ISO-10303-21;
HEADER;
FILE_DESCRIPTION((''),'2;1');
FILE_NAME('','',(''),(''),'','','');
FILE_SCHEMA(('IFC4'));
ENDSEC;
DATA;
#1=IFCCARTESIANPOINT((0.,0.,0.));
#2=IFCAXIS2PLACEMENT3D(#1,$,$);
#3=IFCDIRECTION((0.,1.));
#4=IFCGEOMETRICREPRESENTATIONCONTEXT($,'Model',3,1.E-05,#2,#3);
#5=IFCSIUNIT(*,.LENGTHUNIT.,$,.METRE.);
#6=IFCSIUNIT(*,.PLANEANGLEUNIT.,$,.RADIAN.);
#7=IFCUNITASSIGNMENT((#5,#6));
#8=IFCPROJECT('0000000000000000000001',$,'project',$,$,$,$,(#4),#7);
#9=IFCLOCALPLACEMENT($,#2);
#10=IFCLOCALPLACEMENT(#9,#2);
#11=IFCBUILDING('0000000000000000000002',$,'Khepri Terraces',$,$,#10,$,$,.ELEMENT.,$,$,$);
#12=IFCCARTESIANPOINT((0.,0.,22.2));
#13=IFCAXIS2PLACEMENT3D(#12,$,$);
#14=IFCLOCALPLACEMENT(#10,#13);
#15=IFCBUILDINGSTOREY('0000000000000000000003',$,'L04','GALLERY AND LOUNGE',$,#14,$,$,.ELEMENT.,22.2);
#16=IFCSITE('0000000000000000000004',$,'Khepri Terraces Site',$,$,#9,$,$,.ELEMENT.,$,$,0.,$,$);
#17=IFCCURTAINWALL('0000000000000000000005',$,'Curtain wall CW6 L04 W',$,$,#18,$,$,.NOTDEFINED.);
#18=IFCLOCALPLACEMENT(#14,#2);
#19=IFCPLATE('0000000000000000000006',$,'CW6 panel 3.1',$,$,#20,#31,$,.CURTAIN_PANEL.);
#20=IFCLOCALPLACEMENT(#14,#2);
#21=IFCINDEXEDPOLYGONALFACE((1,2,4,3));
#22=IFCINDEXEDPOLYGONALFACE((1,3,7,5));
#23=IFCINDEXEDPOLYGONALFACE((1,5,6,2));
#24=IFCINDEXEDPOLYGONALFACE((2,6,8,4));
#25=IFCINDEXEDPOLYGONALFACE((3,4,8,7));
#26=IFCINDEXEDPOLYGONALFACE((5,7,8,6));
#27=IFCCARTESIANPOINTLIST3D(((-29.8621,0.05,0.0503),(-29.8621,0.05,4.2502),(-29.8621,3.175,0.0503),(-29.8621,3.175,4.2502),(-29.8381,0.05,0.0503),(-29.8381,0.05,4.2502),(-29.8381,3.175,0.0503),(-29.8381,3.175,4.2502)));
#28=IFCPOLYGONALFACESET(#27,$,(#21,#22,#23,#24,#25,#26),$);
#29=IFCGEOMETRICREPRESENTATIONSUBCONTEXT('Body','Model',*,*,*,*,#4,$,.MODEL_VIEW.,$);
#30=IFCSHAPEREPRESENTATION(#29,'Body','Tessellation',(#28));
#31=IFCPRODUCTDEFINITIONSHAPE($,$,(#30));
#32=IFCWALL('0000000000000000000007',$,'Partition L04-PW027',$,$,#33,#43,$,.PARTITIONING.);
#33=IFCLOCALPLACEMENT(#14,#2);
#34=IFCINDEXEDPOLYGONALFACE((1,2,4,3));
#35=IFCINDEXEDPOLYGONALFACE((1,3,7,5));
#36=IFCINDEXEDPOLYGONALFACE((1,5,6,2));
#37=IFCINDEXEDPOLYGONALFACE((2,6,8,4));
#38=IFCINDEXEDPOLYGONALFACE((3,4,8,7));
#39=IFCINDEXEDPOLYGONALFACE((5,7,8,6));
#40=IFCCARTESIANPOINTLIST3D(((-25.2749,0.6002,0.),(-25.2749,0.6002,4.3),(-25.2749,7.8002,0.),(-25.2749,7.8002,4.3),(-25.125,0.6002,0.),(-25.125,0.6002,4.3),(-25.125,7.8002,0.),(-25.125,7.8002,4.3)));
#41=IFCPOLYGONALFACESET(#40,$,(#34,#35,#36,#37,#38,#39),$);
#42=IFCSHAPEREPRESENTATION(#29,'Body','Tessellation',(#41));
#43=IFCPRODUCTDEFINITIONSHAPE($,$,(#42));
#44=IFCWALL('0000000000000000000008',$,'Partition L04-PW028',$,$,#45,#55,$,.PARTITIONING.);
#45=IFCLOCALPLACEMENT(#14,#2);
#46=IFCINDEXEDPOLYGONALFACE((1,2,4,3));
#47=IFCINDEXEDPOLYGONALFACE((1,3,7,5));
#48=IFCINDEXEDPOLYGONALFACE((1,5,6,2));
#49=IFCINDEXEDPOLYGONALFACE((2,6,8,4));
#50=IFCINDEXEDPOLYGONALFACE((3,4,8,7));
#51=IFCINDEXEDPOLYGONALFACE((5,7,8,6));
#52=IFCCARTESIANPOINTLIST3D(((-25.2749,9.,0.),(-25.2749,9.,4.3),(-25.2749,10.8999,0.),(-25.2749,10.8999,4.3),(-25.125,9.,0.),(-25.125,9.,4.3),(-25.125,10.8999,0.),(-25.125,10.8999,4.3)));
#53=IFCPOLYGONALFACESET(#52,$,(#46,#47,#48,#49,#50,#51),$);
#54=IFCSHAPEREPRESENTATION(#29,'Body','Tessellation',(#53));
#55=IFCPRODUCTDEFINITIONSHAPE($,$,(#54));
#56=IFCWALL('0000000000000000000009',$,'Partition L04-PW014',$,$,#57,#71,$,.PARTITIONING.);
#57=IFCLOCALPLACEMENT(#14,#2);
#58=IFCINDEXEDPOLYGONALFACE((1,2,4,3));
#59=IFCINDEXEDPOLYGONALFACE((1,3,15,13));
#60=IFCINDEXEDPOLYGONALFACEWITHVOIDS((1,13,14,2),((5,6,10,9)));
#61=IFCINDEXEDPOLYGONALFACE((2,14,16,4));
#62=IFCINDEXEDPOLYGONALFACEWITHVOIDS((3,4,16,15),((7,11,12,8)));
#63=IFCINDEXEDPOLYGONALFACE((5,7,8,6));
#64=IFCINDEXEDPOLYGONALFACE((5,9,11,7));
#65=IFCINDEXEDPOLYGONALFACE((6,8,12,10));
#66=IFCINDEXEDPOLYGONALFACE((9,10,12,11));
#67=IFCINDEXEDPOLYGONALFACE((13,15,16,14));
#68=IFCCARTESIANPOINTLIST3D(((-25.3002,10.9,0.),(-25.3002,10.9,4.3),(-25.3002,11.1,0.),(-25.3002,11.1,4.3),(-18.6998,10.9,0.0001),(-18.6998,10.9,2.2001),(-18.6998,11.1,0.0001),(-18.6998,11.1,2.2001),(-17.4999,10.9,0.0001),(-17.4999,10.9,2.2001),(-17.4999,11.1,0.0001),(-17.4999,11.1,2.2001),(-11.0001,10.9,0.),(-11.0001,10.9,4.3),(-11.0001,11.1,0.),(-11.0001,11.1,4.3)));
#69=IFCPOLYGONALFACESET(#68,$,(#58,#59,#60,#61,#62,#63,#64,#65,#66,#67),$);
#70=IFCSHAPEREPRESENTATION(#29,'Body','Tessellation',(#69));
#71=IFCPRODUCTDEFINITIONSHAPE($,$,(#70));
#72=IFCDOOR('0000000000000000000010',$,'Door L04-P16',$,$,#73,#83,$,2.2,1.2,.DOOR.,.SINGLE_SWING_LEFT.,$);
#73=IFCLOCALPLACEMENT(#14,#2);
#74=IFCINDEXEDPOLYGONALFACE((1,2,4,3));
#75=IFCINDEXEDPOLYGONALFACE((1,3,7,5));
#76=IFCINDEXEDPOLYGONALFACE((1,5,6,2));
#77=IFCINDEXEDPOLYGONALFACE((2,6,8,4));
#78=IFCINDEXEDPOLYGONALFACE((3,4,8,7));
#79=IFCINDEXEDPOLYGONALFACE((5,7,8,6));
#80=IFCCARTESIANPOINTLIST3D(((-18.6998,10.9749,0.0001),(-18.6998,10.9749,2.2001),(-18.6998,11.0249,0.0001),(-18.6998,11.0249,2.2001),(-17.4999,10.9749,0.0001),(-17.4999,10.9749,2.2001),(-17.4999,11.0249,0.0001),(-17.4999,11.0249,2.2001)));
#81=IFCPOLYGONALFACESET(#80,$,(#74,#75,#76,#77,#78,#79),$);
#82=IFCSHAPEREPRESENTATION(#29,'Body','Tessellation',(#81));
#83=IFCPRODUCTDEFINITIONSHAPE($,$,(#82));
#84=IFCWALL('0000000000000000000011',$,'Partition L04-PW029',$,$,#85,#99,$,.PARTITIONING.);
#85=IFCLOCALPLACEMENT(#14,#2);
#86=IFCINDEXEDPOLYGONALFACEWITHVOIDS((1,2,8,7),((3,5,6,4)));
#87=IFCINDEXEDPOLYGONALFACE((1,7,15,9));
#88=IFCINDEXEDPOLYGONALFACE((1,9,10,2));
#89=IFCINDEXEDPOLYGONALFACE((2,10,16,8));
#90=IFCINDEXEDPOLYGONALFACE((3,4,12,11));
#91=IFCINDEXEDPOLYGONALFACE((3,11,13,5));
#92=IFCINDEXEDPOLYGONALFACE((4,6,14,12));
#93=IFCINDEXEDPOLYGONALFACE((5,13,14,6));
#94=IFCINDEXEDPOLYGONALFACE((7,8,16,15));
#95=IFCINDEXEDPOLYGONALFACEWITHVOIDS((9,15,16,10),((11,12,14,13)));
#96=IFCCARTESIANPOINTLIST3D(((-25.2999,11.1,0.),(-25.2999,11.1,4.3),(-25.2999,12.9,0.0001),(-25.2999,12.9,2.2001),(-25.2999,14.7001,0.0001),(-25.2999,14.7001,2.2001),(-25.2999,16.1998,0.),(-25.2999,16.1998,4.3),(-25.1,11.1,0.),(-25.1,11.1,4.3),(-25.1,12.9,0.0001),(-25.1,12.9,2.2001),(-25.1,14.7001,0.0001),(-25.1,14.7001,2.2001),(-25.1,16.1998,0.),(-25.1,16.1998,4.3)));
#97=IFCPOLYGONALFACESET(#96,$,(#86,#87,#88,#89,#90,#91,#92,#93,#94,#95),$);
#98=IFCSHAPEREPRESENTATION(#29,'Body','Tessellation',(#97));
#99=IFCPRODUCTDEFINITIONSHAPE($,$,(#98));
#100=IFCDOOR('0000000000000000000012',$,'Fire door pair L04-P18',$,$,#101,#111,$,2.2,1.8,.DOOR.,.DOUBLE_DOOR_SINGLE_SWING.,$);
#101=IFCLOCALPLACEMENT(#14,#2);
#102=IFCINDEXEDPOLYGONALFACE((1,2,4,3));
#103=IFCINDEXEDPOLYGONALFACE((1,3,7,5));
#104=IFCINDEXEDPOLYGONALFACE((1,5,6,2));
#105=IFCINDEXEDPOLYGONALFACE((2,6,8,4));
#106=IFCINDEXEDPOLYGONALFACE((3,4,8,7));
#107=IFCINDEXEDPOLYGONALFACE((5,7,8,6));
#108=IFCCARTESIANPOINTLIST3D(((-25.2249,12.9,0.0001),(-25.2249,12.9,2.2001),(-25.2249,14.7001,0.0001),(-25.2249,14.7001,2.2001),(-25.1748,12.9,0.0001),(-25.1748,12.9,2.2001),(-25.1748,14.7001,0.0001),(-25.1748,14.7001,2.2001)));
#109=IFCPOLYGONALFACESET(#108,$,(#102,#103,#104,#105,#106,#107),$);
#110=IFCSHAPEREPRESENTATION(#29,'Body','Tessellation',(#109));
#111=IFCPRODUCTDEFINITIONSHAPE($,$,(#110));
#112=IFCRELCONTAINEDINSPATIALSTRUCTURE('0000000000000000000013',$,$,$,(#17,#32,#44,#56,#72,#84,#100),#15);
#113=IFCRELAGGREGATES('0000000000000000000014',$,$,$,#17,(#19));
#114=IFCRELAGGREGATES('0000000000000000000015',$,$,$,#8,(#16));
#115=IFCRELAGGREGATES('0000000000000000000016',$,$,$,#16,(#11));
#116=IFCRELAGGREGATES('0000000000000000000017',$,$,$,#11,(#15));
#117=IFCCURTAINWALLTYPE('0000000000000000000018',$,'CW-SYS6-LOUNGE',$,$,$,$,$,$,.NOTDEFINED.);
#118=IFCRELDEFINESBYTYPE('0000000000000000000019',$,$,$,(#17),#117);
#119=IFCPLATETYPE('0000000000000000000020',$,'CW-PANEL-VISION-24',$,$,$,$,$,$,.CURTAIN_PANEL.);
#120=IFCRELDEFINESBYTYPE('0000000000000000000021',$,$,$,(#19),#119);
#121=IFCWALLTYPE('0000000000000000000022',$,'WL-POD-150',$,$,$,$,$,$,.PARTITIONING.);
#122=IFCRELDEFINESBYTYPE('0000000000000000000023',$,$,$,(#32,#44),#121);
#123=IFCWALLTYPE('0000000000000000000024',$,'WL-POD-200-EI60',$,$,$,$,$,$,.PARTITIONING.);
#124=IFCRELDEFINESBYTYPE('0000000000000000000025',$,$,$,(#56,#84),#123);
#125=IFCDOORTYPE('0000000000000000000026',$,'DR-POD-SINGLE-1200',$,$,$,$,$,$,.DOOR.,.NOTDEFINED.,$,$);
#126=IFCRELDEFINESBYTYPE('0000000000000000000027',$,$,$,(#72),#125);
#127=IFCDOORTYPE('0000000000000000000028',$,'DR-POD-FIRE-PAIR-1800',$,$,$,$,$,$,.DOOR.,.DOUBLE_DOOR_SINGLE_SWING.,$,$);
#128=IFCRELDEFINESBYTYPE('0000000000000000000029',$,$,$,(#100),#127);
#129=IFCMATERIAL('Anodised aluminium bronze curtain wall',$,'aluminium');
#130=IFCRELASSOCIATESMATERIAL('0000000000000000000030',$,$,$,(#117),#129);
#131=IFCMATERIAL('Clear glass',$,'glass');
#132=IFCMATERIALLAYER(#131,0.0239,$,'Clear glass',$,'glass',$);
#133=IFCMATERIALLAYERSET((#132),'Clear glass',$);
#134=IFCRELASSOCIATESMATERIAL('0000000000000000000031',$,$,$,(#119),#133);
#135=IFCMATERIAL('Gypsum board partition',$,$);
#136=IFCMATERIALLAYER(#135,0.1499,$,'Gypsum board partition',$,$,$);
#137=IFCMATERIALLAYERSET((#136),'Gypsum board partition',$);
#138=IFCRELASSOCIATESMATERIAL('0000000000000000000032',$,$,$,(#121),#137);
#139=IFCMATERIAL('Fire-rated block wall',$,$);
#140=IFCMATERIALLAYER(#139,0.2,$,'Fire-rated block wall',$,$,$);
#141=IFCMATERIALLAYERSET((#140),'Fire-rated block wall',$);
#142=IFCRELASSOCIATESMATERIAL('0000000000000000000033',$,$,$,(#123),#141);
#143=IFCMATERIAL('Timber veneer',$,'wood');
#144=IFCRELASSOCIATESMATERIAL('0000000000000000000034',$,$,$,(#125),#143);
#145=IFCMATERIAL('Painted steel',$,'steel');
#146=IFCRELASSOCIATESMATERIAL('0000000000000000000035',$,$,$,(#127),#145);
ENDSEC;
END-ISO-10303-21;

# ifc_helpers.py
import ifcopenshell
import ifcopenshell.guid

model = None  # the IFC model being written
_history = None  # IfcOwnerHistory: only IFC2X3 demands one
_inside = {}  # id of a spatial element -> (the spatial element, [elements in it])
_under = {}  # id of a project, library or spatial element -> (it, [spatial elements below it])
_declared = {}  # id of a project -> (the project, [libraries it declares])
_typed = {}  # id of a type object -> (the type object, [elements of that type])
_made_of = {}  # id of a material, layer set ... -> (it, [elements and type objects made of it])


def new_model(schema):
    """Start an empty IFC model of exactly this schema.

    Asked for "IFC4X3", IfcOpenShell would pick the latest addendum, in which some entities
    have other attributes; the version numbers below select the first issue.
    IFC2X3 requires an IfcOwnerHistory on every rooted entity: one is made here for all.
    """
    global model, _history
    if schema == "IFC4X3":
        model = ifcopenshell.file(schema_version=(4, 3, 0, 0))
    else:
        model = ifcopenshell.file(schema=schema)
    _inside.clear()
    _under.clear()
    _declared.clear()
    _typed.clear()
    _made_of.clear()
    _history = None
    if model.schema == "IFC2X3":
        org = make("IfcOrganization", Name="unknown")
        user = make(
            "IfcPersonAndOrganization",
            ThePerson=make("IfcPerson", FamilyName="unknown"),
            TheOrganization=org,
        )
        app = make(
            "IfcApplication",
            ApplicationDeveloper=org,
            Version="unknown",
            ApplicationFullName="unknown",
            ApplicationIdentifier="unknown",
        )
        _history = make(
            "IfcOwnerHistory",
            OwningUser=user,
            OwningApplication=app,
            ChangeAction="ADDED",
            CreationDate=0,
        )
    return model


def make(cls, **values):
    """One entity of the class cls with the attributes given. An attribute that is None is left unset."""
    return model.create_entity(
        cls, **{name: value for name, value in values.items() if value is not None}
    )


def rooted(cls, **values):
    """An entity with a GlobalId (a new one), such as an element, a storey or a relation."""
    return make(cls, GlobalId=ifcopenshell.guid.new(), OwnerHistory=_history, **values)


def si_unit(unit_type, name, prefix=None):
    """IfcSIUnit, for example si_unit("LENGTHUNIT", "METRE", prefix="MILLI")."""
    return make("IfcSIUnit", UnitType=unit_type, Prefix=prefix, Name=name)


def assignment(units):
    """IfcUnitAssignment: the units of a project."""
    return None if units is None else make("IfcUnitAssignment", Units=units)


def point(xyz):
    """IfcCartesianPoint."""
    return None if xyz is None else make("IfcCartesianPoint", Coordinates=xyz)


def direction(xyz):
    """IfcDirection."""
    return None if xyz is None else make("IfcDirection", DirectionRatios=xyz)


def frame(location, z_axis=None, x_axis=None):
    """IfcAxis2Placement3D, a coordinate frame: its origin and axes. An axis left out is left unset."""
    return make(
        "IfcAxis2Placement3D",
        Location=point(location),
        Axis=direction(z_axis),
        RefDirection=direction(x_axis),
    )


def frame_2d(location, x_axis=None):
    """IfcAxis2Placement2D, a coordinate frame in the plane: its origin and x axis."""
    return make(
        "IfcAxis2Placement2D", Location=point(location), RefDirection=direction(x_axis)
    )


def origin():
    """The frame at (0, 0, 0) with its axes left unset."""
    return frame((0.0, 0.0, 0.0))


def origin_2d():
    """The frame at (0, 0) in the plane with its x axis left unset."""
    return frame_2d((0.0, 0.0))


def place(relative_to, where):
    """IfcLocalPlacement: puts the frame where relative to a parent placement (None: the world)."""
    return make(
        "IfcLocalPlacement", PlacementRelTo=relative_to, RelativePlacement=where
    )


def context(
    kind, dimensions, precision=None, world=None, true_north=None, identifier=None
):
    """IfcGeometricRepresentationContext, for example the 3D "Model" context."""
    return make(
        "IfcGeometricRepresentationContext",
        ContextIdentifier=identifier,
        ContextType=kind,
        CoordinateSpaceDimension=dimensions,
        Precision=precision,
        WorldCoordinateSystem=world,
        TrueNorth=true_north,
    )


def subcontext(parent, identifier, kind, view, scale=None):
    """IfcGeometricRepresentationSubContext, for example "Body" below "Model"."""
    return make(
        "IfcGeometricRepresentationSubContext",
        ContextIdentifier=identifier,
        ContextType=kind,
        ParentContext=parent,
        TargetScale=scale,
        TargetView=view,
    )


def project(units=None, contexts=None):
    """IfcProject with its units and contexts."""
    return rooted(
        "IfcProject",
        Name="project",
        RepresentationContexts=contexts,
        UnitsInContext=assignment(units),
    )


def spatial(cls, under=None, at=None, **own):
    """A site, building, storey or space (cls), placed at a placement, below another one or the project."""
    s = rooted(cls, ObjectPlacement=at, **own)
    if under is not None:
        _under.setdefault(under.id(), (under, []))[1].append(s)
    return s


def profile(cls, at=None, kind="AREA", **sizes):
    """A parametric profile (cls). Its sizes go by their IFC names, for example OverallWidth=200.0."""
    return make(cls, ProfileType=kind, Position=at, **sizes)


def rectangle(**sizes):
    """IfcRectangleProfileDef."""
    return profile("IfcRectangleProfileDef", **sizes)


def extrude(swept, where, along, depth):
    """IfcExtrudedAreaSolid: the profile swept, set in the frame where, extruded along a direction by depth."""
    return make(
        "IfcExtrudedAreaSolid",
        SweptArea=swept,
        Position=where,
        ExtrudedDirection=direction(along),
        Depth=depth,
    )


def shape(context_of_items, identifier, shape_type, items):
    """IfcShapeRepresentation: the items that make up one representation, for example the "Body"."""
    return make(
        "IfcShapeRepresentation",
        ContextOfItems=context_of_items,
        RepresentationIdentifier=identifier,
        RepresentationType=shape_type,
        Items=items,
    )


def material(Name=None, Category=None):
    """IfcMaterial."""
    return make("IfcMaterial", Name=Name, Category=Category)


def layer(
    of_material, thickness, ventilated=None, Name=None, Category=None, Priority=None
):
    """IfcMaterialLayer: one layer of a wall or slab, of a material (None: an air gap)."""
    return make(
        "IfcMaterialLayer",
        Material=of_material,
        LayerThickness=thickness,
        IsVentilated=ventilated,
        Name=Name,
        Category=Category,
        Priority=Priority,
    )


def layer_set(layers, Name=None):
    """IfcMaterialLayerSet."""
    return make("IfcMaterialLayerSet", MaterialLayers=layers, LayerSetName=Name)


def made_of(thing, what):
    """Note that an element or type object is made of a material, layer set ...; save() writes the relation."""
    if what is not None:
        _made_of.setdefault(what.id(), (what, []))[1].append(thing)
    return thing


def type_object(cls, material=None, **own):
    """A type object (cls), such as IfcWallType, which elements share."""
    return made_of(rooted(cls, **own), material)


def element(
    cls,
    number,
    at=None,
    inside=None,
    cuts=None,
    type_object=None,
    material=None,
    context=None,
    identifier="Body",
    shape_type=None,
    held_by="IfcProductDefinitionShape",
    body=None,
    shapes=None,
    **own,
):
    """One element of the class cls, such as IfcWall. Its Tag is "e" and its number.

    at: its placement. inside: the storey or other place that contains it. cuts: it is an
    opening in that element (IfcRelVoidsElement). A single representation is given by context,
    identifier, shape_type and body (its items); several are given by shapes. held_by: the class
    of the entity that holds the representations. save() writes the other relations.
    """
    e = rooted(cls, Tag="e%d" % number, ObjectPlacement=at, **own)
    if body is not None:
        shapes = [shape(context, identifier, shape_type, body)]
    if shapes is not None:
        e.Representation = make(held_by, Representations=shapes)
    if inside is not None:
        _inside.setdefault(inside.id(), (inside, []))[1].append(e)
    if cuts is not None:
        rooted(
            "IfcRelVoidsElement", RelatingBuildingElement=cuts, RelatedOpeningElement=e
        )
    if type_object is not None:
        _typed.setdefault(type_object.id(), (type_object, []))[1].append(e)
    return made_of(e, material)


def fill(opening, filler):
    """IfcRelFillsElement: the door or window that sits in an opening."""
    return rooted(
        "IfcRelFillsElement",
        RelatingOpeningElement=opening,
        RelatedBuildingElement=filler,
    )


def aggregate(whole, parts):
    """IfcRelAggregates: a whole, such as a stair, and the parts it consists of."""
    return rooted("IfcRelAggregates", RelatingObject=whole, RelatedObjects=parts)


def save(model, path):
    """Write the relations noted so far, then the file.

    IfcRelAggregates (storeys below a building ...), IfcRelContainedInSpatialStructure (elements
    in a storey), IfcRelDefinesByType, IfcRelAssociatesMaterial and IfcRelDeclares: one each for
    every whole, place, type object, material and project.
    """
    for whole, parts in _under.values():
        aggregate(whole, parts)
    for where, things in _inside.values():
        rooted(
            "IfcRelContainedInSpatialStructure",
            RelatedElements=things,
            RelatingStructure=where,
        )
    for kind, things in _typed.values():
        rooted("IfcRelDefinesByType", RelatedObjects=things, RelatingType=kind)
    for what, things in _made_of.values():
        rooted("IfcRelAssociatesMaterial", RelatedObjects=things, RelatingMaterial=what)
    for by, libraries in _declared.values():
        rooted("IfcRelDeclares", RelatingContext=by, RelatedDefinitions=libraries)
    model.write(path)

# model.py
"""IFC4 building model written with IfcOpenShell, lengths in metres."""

from ifc_helpers import new_model, si_unit, direction, frame, frame_2d, origin, origin_2d, place, context, subcontext, project, spatial, rectangle, extrude, material, layer, layer_set, type_object, element, fill, aggregate, save


model = new_model("IFC4")

# Units and contexts
model_context = context("Model", 3, precision=1e-05, world=origin(), true_north=direction((0.0, 1.0)))
body_context = subcontext(model_context, "Body", "Model", "MODEL_VIEW")
ifc_project = project(units=[si_unit("LENGTHUNIT", "METRE"), si_unit("PLANEANGLEUNIT", "RADIAN")], contexts=[model_context])

# Site, building, storey
site_placement = place(None, origin())
site = spatial("IfcSite", under=ifc_project, at=site_placement, Name="Khepri Terraces Site", CompositionType="ELEMENT", RefElevation=0.0)
building_placement = place(site_placement, origin())
building = spatial("IfcBuilding", under=site, at=building_placement, Name="Khepri Terraces", CompositionType="ELEMENT")
storey_placement = place(building_placement, frame((0.0, 0.0, 22.2)))
storey = spatial("IfcBuildingStorey", under=building, at=storey_placement, Name="L04", Description="GALLERY AND LOUNGE", CompositionType="ELEMENT", Elevation=22.2)

# Curtain wall, plate
ifc_material_1 = material(Name="Anodised aluminium bronze curtain wall", Category="aluminium")
curtain_wall_type = type_object("IfcCurtainWallType", Name="CW-SYS6-LOUNGE", PredefinedType="NOTDEFINED", material=ifc_material_1)
curtain_wall_placement = place(storey_placement, origin())
curtain_wall = element("IfcCurtainWall", 1, at=curtain_wall_placement, inside=storey, type_object=curtain_wall_type, Name="Curtain wall CW6 L04 W", PredefinedType="NOTDEFINED")
ifc_material_2 = material(Name="Clear glass", Category="glass")
ifc_layer_1 = layer(ifc_material_2, 0.0239, Name="Clear glass", Category="glass")
ifc_layer_set_1 = layer_set([ifc_layer_1], Name="Clear glass")
plate_type = type_object("IfcPlateType", Name="CW-PANEL-VISION-24", PredefinedType="CURTAIN_PANEL", material=ifc_layer_set_1)
plate_1_placement = place(storey_placement, frame((-29.8501, 1.6125, 0.0503), z_axis=(0.0, 0.0, 1.0), x_axis=(0.0, -1.0, 0.0)))
plate_1 = element("IfcPlate", 2, at=plate_1_placement, type_object=plate_type, Name="CW6 panel 3.1", PredefinedType="CURTAIN_PANEL", context=body_context, shape_type="SweptSolid", body=[
    extrude(rectangle(XDim=3.125, YDim=0.0239, at=origin_2d()), origin(), (0.0, 0.0, 1.0), 4.2),
])
aggregate(curtain_wall, [plate_1])

# Walls
ifc_material_3 = material(Name="Gypsum board partition")
ifc_layer_2 = layer(ifc_material_3, 0.1499, Name="Gypsum board partition")
ifc_layer_set_2 = layer_set([ifc_layer_2], Name="Gypsum board partition")
wall_type_1 = type_object("IfcWallType", Name="WL-POD-150", PredefinedType="PARTITIONING", material=ifc_layer_set_2)
wall_1_placement = place(storey_placement, frame((-25.2, 0.6001, 0.0), z_axis=(0.0, 0.0, 1.0), x_axis=(0.0, 1.0, 0.0)))
element("IfcWall", 3, at=wall_1_placement, inside=storey, type_object=wall_type_1, Name="Partition L04-PW027", PredefinedType="PARTITIONING", context=body_context, shape_type="SweptSolid", body=[
    extrude(rectangle(XDim=7.2, YDim=0.1499, at=frame_2d((3.6001, 0.0))), origin(), (0.0, 0.0, 1.0), 4.3),
])
wall_2_placement = place(storey_placement, frame((-25.2, 9.0, 0.0), z_axis=(0.0, 0.0, 1.0), x_axis=(0.0, 1.0, 0.0)))
element("IfcWall", 4, at=wall_2_placement, inside=storey, type_object=wall_type_1, Name="Partition L04-PW028", PredefinedType="PARTITIONING", context=body_context, shape_type="SweptSolid", body=[
    extrude(rectangle(XDim=1.8999, YDim=0.1499, at=frame_2d((0.95, 0.0))), origin(), (0.0, 0.0, 1.0), 4.3),
])

# Walls, openings, doors
ifc_material_4 = material(Name="Fire-rated block wall")
ifc_layer_3 = layer(ifc_material_4, 0.2, Name="Fire-rated block wall")
ifc_layer_set_3 = layer_set([ifc_layer_3], Name="Fire-rated block wall")
wall_type_2 = type_object("IfcWallType", Name="WL-POD-200-EI60", PredefinedType="PARTITIONING", material=ifc_layer_set_3)
wall_3_placement = place(storey_placement, frame((-25.3, 11.0, 0.0), z_axis=(0.0, 0.0, 1.0), x_axis=(1.0, 0.0, 0.0)))
wall_3 = element("IfcWall", 5, at=wall_3_placement, inside=storey, type_object=wall_type_2, Name="Partition L04-PW014", PredefinedType="PARTITIONING", context=body_context, shape_type="SweptSolid", body=[
    extrude(rectangle(XDim=14.3, YDim=0.2, at=frame_2d((7.1499, 0.0))), origin(), (0.0, 0.0, 1.0), 4.3),
])
opening_1_placement = place(wall_3_placement, frame((6.6001, 0.0, 0.0)))
opening_1 = element("IfcOpeningElement", 6, at=opening_1_placement, cuts=wall_3, PredefinedType="OPENING", context=body_context, shape_type="SweptSolid", body=[
    extrude(rectangle(XDim=1.2, YDim=2.2, at=frame_2d((0.6001, 1.1001))), frame((0.0, 0.1099, 0.0), z_axis=(0.0, -1.0, 0.0), x_axis=(1.0, 0.0, 0.0)), (0.0, 0.0, 1.0), 0.22),
])
ifc_material_5 = material(Name="Timber veneer", Category="wood")
door_type_1 = type_object("IfcDoorType", Name="DR-POD-SINGLE-1200", OperationType="NOTDEFINED", PredefinedType="DOOR", material=ifc_material_5)
door_1_placement = place(opening_1_placement, origin())
door_1 = element("IfcDoor", 7, at=door_1_placement, inside=storey, type_object=door_type_1, Name="Door L04-P16", OperationType="SINGLE_SWING_LEFT", OverallHeight=2.2, OverallWidth=1.2, PredefinedType="DOOR", context=body_context, shape_type="SweptSolid", body=[
    extrude(rectangle(XDim=1.2, YDim=2.2, at=frame_2d((0.6001, 1.1001))), frame((0.0, 0.0249, 0.0), z_axis=(0.0, -1.0, 0.0), x_axis=(1.0, 0.0, 0.0)), (0.0, 0.0, 1.0), 0.05),
])
fill(opening_1, door_1)
wall_4_placement = place(storey_placement, frame((-25.2, 11.1001, 0.0), z_axis=(0.0, 0.0, 1.0), x_axis=(0.0, 1.0, 0.0)))
wall_4 = element("IfcWall", 8, at=wall_4_placement, inside=storey, type_object=wall_type_2, Name="Partition L04-PW029", PredefinedType="PARTITIONING", context=body_context, shape_type="SweptSolid", body=[
    extrude(rectangle(XDim=5.0999, YDim=0.2, at=frame_2d((2.5498, 0.0))), origin(), (0.0, 0.0, 1.0), 4.3),
])
opening_2_placement = place(wall_4_placement, frame((1.8, 0.0, 0.0)))
opening_2 = element("IfcOpeningElement", 9, at=opening_2_placement, cuts=wall_4, PredefinedType="OPENING", context=body_context, shape_type="SweptSolid", body=[
    extrude(rectangle(XDim=1.8, YDim=2.2, at=frame_2d((0.8999, 1.1001))), frame((0.0, 0.1099, 0.0), z_axis=(0.0, -1.0, 0.0), x_axis=(1.0, 0.0, 0.0)), (0.0, 0.0, 1.0), 0.22),
])
ifc_material_6 = material(Name="Painted steel", Category="steel")
door_type_2 = type_object("IfcDoorType", Name="DR-POD-FIRE-PAIR-1800", OperationType="DOUBLE_DOOR_SINGLE_SWING", PredefinedType="DOOR", material=ifc_material_6)
door_2_placement = place(opening_2_placement, origin())
door_2 = element("IfcDoor", 10, at=door_2_placement, inside=storey, type_object=door_type_2, Name="Fire door pair L04-P18", OperationType="DOUBLE_DOOR_SINGLE_SWING", OverallHeight=2.2, OverallWidth=1.8, PredefinedType="DOOR", context=body_context, shape_type="SweptSolid", body=[
    extrude(rectangle(XDim=1.8, YDim=2.2, at=frame_2d((0.8999, 1.1001))), frame((0.0, 0.0249, 0.0), z_axis=(0.0, -1.0, 0.0), x_axis=(1.0, 0.0, 0.0)), (0.0, 0.0, 1.0), 0.05),
])
fill(opening_2, door_2)

save(model, "model.ifc")
